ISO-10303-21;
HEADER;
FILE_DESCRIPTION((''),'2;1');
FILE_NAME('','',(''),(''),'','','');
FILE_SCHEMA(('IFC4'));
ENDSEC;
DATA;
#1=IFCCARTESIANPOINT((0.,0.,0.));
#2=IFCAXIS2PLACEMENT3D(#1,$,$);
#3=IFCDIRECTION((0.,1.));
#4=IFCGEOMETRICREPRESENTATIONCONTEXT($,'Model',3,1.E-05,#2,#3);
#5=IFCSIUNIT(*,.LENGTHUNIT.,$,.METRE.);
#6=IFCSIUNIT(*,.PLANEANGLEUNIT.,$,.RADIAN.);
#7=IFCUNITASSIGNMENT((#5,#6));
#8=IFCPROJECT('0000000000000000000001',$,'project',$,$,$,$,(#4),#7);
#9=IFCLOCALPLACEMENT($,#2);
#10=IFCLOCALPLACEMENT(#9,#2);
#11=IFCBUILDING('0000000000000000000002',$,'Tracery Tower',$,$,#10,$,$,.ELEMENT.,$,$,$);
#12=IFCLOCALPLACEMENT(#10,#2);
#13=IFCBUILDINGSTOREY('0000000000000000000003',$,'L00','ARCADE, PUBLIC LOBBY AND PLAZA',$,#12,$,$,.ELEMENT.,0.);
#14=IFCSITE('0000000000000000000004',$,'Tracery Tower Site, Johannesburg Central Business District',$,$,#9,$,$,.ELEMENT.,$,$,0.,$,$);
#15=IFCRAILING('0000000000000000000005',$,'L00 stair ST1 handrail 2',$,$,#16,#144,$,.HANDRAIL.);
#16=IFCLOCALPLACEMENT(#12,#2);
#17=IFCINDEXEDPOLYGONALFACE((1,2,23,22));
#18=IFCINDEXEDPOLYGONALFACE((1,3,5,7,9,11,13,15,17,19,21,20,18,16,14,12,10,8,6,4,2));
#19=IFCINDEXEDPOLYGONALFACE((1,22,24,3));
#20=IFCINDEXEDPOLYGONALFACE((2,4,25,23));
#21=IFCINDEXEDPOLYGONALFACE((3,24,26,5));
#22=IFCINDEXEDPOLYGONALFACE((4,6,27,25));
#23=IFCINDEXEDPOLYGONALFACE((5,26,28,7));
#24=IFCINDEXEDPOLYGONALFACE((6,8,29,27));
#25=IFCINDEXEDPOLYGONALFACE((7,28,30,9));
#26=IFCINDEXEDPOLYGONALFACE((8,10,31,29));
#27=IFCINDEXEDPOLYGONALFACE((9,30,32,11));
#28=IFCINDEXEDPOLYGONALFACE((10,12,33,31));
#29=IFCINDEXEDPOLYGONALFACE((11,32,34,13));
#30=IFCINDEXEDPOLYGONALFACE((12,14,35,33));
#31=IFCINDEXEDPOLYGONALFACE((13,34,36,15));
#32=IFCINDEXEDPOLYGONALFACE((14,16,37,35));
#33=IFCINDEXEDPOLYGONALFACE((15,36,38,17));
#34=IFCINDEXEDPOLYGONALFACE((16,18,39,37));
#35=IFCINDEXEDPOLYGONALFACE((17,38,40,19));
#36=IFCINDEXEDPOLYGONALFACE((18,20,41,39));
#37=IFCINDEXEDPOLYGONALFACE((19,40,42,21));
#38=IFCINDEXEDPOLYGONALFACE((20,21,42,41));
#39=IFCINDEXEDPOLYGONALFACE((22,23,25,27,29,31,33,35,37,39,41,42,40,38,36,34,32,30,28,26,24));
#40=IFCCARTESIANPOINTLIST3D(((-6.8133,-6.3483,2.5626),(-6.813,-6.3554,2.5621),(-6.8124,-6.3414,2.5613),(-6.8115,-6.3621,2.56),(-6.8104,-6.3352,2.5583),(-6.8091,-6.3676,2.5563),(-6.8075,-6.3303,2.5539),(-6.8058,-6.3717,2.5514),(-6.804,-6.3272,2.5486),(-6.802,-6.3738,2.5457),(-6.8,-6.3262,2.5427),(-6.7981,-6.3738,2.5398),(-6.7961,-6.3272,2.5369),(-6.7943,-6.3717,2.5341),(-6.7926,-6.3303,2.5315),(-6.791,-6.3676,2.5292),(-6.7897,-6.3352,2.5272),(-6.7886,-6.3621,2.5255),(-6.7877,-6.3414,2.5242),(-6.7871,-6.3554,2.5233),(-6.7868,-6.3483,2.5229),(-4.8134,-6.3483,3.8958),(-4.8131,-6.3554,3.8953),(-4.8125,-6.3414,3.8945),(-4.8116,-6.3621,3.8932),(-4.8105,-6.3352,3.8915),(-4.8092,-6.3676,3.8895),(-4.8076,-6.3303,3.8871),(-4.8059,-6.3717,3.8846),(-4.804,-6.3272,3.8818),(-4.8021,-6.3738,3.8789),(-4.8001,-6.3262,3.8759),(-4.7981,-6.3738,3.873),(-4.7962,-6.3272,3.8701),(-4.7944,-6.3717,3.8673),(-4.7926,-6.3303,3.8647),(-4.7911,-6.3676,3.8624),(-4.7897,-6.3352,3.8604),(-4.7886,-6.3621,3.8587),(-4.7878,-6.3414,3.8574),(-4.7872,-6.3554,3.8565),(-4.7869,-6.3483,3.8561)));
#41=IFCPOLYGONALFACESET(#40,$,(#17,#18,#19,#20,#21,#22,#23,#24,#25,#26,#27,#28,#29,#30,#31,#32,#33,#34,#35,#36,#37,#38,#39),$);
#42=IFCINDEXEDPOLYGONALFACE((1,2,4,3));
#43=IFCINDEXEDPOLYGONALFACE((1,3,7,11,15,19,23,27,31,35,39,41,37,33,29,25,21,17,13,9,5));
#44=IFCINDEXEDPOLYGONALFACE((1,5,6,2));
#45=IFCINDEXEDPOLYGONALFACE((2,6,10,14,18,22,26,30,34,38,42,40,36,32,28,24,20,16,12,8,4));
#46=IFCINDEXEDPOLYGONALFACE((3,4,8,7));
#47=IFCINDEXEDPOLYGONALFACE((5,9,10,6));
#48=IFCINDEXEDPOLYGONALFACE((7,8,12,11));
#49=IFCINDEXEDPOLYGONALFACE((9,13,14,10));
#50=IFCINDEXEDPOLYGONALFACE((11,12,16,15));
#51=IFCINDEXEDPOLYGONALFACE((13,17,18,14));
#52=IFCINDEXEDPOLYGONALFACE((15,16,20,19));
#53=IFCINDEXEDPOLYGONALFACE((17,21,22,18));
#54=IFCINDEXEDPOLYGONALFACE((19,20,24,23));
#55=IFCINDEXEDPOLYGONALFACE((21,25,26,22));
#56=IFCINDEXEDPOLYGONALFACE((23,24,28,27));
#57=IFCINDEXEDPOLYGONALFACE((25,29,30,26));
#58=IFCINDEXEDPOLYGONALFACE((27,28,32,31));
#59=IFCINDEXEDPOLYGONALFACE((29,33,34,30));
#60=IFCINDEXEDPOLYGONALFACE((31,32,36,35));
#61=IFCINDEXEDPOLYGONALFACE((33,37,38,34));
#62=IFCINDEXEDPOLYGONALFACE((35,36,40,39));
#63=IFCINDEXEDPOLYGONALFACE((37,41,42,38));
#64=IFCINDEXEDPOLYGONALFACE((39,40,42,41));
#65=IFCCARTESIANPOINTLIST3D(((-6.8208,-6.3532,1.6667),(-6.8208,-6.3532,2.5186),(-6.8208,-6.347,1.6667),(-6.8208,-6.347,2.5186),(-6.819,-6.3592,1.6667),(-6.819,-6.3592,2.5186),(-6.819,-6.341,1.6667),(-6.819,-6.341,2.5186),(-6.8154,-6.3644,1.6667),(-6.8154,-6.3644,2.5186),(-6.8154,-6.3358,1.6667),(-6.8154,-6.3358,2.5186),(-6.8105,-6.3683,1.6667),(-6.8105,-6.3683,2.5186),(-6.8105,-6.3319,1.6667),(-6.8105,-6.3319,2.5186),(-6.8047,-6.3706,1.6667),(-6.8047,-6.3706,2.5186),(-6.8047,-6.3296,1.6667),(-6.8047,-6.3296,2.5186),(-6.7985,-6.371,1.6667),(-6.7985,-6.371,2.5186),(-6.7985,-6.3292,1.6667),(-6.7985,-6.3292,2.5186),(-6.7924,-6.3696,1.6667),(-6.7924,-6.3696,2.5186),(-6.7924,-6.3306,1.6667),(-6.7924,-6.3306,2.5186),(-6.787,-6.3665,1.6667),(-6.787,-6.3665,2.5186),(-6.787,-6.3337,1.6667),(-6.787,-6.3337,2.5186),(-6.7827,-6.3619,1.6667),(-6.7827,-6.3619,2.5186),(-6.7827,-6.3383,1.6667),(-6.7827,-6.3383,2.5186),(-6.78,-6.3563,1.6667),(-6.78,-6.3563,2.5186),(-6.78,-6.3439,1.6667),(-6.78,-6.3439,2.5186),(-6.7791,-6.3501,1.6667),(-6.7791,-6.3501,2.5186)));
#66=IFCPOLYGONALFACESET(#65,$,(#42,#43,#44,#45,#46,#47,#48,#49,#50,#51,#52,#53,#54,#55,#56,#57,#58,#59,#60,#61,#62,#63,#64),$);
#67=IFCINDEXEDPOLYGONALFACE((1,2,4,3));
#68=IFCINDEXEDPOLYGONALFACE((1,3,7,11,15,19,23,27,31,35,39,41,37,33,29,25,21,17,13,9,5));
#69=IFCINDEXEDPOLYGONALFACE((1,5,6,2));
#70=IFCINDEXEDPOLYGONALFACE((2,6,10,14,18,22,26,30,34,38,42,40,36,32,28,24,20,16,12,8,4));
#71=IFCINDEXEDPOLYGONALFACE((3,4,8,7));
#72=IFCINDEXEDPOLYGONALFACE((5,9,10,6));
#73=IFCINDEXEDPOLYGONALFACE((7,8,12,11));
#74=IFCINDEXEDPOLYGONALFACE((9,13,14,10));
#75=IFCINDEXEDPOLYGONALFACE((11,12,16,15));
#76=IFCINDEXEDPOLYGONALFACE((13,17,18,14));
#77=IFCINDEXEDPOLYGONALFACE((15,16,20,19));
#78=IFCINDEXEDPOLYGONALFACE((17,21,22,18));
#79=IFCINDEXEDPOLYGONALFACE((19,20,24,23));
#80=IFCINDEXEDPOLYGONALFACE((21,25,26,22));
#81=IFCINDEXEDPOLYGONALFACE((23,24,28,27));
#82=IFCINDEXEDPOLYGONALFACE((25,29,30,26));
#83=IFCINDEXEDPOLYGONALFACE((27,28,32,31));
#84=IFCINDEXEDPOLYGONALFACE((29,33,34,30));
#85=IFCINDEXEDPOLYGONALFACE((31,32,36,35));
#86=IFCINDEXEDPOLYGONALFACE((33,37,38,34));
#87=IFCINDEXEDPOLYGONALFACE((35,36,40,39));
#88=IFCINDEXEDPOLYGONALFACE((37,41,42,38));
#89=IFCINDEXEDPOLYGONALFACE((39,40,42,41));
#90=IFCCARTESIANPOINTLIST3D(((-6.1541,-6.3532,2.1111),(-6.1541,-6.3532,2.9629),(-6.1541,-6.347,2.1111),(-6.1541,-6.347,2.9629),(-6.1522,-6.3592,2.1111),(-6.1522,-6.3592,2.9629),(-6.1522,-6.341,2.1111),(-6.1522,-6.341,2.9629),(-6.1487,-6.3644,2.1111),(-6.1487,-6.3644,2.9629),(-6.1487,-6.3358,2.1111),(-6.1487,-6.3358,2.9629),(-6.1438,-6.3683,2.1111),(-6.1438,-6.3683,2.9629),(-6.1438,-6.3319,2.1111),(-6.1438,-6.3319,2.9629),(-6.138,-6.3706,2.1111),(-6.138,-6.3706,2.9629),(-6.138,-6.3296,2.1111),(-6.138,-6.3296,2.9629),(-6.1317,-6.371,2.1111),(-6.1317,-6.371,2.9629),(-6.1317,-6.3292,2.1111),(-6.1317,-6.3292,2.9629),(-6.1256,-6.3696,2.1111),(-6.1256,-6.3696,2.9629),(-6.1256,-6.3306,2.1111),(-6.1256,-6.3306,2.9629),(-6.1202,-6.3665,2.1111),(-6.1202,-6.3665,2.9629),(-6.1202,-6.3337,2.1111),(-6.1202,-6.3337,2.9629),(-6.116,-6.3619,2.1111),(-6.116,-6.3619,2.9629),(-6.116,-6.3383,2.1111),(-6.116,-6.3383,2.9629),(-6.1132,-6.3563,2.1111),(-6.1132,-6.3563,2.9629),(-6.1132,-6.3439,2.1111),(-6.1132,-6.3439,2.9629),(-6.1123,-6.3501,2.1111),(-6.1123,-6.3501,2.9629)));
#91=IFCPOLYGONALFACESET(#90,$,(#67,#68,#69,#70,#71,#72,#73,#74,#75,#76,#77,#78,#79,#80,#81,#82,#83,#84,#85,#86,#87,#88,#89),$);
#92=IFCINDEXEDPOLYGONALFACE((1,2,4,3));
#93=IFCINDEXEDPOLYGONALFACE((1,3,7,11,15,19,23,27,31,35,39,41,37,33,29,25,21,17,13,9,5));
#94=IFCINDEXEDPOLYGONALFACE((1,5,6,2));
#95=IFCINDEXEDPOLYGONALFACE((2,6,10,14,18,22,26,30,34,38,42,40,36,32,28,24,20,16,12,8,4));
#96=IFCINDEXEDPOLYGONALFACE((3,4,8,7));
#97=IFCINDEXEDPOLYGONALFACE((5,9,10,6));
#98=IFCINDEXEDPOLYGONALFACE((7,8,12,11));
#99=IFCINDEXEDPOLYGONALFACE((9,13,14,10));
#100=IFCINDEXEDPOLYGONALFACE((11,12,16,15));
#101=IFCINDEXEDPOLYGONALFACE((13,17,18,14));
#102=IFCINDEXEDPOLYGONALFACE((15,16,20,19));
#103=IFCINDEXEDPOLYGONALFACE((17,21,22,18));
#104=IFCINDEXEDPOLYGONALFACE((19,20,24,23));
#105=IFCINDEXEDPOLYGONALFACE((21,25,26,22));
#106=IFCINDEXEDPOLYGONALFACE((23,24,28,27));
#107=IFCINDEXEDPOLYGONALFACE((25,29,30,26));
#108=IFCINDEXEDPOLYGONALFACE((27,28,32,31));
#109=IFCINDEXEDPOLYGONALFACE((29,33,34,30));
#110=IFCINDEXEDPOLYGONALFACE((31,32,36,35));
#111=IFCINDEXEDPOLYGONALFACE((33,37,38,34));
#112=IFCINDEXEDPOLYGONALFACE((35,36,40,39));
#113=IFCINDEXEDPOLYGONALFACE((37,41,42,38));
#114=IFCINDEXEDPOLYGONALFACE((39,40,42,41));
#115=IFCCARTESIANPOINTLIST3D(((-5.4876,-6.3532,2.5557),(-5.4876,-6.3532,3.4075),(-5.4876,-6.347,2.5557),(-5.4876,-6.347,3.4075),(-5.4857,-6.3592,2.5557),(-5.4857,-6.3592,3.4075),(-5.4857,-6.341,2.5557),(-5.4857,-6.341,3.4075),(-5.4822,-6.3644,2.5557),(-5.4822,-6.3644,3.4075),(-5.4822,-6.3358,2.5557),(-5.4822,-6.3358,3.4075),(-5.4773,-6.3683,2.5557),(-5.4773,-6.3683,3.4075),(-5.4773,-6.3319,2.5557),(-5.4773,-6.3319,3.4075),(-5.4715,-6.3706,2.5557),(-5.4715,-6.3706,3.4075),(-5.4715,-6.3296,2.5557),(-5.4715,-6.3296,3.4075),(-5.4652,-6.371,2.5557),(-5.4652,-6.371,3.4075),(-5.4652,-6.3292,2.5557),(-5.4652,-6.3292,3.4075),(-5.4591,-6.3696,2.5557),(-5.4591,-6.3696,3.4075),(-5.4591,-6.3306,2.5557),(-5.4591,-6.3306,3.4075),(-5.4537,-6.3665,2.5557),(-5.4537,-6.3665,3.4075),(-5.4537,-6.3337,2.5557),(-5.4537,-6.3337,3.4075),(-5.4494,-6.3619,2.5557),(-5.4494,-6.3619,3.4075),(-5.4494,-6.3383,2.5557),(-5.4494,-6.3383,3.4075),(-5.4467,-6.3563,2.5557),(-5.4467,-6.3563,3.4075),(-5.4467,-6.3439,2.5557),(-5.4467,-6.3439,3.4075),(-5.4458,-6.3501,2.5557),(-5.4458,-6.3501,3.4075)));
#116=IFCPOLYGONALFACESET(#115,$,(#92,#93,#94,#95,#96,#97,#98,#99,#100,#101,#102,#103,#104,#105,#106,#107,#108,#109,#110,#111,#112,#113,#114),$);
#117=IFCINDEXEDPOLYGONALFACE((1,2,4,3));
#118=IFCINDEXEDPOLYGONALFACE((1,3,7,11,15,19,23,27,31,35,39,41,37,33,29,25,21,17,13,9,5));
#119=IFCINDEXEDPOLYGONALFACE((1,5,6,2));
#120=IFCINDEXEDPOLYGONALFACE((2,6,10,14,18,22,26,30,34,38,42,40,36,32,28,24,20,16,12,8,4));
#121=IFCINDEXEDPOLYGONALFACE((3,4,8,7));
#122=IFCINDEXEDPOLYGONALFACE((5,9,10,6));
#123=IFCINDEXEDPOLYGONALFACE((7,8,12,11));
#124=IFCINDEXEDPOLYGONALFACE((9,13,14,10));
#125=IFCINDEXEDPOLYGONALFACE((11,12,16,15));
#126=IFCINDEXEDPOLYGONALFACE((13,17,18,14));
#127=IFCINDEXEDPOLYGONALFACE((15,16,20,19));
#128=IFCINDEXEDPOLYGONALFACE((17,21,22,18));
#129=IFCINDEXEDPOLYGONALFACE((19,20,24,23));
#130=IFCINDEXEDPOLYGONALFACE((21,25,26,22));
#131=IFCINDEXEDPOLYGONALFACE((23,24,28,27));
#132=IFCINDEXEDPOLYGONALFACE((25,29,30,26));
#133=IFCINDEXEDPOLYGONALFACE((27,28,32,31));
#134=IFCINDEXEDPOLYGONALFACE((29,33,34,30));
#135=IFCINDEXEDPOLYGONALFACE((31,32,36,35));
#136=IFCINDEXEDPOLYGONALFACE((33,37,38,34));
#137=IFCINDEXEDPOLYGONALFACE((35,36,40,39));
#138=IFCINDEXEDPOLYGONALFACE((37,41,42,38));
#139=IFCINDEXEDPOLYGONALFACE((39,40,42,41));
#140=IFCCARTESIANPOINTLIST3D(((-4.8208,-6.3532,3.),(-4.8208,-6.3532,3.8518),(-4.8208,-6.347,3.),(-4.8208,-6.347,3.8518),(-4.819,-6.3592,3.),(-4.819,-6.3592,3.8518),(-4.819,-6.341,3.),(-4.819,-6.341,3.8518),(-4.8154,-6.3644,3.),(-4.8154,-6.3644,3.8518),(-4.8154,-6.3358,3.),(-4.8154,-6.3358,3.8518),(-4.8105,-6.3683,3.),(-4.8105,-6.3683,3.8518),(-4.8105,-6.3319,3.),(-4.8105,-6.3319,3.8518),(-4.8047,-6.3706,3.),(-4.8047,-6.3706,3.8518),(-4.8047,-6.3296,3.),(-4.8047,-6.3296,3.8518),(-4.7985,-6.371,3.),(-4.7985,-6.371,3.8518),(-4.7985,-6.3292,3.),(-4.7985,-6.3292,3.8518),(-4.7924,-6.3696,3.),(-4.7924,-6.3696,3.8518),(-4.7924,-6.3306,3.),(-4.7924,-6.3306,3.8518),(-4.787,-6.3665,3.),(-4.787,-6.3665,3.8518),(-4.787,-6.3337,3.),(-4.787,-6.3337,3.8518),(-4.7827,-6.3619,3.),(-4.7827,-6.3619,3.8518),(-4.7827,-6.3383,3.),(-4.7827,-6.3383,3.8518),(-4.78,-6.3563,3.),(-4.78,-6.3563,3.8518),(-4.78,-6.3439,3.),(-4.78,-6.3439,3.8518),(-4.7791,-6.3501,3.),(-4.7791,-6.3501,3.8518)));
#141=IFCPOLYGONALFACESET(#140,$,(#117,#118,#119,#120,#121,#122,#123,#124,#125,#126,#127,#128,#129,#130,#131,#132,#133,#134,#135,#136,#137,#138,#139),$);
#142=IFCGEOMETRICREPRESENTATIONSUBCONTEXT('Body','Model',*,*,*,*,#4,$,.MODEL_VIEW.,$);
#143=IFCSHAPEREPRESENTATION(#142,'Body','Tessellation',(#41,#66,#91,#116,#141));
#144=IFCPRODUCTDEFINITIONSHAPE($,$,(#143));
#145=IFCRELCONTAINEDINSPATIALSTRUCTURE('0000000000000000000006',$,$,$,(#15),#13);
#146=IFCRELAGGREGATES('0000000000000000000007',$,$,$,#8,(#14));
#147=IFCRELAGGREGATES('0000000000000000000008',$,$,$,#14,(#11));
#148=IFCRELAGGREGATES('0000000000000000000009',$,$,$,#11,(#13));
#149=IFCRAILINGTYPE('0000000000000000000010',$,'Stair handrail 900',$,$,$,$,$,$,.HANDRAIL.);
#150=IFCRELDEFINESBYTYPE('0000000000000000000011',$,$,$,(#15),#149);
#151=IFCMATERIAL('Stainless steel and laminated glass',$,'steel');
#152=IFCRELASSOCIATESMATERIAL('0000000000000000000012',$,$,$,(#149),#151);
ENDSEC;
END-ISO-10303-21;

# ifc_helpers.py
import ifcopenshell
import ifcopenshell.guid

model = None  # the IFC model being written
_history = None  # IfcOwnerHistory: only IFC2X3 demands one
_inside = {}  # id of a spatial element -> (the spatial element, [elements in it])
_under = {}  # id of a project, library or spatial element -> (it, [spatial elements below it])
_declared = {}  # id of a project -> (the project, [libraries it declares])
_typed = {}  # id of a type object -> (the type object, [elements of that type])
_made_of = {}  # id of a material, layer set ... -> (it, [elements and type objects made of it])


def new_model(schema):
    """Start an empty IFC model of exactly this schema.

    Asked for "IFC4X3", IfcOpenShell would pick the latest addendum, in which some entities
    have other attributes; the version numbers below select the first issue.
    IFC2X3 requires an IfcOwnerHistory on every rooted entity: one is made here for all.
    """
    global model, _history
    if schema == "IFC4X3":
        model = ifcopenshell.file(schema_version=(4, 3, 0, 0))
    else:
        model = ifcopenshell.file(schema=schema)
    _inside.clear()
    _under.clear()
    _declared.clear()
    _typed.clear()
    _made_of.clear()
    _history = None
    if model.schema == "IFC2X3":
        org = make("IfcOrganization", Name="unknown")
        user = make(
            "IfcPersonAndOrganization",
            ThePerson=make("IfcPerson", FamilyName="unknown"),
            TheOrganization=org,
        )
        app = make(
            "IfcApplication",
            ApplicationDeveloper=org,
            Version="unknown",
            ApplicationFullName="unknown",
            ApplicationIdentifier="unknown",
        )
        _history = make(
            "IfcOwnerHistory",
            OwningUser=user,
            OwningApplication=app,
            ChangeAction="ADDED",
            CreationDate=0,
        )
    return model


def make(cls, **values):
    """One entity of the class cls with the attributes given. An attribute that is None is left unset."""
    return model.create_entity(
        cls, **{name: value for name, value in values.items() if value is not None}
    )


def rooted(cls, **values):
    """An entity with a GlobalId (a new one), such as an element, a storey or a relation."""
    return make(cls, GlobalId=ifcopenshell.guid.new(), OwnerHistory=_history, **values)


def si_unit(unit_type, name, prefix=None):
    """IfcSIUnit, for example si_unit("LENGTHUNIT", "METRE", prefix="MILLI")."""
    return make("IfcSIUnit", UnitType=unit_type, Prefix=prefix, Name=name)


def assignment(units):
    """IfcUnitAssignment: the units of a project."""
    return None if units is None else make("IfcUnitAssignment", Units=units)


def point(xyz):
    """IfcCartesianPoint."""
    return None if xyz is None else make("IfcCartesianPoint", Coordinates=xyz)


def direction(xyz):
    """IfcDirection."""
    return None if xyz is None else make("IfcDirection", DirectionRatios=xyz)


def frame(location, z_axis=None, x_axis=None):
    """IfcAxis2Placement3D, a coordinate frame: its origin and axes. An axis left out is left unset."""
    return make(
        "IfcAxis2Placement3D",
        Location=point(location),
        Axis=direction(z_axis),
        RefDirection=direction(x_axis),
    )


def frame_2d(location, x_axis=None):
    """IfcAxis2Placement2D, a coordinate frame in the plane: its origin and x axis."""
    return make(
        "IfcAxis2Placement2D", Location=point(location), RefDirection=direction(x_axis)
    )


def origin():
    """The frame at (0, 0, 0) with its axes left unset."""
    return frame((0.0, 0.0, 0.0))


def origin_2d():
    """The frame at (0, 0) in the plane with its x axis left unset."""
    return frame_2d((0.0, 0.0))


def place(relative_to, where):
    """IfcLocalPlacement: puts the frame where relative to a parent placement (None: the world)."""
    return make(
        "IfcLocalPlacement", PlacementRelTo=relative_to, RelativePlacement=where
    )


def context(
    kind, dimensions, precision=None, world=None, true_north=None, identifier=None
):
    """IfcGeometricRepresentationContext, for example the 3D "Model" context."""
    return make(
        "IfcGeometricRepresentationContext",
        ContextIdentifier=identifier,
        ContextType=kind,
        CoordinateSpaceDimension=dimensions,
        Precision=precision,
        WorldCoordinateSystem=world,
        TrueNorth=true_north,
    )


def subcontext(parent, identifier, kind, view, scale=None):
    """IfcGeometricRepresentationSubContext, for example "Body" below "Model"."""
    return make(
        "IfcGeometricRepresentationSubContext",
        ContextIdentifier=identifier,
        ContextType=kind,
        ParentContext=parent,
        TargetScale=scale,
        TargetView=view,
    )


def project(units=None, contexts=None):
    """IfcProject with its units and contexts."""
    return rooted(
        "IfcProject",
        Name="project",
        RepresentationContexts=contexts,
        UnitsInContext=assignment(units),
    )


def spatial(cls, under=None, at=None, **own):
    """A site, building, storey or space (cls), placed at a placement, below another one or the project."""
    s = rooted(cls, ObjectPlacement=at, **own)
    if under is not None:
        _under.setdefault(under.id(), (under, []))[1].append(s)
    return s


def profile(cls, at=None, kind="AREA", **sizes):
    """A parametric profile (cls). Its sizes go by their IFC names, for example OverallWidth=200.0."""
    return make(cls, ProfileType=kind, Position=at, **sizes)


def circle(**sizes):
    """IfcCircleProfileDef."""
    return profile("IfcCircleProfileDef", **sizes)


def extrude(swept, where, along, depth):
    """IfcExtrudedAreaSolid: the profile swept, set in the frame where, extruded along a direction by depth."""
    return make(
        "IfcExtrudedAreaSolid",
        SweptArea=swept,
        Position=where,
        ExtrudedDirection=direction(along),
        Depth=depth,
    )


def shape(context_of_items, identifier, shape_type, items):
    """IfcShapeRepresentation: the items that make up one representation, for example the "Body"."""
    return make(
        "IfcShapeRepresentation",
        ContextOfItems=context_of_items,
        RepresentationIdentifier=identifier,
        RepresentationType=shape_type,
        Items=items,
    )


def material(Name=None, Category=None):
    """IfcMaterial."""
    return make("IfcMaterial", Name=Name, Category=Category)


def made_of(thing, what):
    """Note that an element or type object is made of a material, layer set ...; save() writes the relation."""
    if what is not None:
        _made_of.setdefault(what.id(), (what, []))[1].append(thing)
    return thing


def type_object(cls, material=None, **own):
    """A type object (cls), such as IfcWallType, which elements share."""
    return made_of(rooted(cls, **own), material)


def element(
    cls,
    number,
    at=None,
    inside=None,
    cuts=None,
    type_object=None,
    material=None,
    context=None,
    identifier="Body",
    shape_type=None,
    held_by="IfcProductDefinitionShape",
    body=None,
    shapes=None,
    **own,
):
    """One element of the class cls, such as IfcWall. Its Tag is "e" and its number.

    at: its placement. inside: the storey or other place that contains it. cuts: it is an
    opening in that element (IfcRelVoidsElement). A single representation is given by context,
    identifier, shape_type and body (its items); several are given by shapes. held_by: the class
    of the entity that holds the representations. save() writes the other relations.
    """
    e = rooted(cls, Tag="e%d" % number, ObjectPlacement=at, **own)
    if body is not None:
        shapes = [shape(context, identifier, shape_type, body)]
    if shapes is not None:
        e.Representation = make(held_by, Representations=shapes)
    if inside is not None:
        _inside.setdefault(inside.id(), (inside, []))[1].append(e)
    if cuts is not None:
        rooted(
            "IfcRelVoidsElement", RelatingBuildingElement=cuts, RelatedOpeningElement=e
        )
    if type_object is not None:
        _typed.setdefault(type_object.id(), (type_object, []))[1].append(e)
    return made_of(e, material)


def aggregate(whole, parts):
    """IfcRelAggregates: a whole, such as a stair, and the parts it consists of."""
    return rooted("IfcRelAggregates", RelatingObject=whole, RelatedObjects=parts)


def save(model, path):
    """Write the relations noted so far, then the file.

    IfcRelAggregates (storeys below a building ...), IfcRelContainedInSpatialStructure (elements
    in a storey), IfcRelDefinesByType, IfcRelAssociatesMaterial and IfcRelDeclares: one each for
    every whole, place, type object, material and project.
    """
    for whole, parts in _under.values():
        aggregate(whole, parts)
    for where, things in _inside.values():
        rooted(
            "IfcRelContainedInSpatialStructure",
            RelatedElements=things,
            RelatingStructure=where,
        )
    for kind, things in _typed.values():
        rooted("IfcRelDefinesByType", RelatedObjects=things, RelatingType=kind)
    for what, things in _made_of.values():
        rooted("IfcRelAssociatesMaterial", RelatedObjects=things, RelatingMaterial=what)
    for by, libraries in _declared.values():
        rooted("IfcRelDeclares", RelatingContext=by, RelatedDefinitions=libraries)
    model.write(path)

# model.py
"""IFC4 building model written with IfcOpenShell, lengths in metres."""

from ifc_helpers import new_model, si_unit, direction, frame, origin, origin_2d, place, context, subcontext, project, spatial, circle, extrude, material, type_object, element, save


model = new_model("IFC4")

# Units and contexts
model_context = context("Model", 3, precision=1e-05, world=origin(), true_north=direction((0.0, 1.0)))
body_context = subcontext(model_context, "Body", "Model", "MODEL_VIEW")
ifc_project = project(units=[si_unit("LENGTHUNIT", "METRE"), si_unit("PLANEANGLEUNIT", "RADIAN")], contexts=[model_context])

# Site, building, storey
site_placement = place(None, origin())
site = spatial("IfcSite", under=ifc_project, at=site_placement, Name="Tracery Tower Site, Johannesburg Central Business District", CompositionType="ELEMENT", RefElevation=0.0)
building_placement = place(site_placement, origin())
building = spatial("IfcBuilding", under=site, at=building_placement, Name="Tracery Tower", CompositionType="ELEMENT")
storey_placement = place(building_placement, origin())
storey = spatial("IfcBuildingStorey", under=building, at=storey_placement, Name="L00", Description="ARCADE, PUBLIC LOBBY AND PLAZA", CompositionType="ELEMENT", Elevation=0.0)

# Railing
ifc_material_1 = material(Name="Stainless steel and laminated glass", Category="steel")
railing_type_1 = type_object("IfcRailingType", Name="Stair handrail 900", PredefinedType="HANDRAIL", material=ifc_material_1)
railing_1_placement = place(storey_placement, frame((-6.8, -6.3501, 1.6667)))
element("IfcRailing", 1, at=railing_1_placement, inside=storey, type_object=railing_type_1, Name="L00 stair ST1 handrail 2", PredefinedType="HANDRAIL", context=body_context, shape_type="SweptSolid", body=[
    extrude(circle(Radius=0.0239, at=origin_2d()), frame((0.0, 0.0, 0.876), z_axis=(0.832066, 0.0, 0.554677), x_axis=(0.0, 1.0, 0.0)), (0.0, 0.0, 1.0), 2.4036),
    extrude(circle(Radius=0.021, at=origin_2d()), origin(), (0.0, 0.0, 1.0), 0.8518),
    extrude(circle(Radius=0.021, at=origin_2d()), frame((0.6667, 0.0, 0.4443)), (0.0, 0.0, 1.0), 0.8518),
    extrude(circle(Radius=0.021, at=origin_2d()), frame((1.3333, 0.0, 0.8889)), (0.0, 0.0, 1.0), 0.8518),
    extrude(circle(Radius=0.021, at=origin_2d()), frame((2.0, 0.0, 1.3333)), (0.0, 0.0, 1.0), 0.8518),
])

save(model, "model.ifc")
